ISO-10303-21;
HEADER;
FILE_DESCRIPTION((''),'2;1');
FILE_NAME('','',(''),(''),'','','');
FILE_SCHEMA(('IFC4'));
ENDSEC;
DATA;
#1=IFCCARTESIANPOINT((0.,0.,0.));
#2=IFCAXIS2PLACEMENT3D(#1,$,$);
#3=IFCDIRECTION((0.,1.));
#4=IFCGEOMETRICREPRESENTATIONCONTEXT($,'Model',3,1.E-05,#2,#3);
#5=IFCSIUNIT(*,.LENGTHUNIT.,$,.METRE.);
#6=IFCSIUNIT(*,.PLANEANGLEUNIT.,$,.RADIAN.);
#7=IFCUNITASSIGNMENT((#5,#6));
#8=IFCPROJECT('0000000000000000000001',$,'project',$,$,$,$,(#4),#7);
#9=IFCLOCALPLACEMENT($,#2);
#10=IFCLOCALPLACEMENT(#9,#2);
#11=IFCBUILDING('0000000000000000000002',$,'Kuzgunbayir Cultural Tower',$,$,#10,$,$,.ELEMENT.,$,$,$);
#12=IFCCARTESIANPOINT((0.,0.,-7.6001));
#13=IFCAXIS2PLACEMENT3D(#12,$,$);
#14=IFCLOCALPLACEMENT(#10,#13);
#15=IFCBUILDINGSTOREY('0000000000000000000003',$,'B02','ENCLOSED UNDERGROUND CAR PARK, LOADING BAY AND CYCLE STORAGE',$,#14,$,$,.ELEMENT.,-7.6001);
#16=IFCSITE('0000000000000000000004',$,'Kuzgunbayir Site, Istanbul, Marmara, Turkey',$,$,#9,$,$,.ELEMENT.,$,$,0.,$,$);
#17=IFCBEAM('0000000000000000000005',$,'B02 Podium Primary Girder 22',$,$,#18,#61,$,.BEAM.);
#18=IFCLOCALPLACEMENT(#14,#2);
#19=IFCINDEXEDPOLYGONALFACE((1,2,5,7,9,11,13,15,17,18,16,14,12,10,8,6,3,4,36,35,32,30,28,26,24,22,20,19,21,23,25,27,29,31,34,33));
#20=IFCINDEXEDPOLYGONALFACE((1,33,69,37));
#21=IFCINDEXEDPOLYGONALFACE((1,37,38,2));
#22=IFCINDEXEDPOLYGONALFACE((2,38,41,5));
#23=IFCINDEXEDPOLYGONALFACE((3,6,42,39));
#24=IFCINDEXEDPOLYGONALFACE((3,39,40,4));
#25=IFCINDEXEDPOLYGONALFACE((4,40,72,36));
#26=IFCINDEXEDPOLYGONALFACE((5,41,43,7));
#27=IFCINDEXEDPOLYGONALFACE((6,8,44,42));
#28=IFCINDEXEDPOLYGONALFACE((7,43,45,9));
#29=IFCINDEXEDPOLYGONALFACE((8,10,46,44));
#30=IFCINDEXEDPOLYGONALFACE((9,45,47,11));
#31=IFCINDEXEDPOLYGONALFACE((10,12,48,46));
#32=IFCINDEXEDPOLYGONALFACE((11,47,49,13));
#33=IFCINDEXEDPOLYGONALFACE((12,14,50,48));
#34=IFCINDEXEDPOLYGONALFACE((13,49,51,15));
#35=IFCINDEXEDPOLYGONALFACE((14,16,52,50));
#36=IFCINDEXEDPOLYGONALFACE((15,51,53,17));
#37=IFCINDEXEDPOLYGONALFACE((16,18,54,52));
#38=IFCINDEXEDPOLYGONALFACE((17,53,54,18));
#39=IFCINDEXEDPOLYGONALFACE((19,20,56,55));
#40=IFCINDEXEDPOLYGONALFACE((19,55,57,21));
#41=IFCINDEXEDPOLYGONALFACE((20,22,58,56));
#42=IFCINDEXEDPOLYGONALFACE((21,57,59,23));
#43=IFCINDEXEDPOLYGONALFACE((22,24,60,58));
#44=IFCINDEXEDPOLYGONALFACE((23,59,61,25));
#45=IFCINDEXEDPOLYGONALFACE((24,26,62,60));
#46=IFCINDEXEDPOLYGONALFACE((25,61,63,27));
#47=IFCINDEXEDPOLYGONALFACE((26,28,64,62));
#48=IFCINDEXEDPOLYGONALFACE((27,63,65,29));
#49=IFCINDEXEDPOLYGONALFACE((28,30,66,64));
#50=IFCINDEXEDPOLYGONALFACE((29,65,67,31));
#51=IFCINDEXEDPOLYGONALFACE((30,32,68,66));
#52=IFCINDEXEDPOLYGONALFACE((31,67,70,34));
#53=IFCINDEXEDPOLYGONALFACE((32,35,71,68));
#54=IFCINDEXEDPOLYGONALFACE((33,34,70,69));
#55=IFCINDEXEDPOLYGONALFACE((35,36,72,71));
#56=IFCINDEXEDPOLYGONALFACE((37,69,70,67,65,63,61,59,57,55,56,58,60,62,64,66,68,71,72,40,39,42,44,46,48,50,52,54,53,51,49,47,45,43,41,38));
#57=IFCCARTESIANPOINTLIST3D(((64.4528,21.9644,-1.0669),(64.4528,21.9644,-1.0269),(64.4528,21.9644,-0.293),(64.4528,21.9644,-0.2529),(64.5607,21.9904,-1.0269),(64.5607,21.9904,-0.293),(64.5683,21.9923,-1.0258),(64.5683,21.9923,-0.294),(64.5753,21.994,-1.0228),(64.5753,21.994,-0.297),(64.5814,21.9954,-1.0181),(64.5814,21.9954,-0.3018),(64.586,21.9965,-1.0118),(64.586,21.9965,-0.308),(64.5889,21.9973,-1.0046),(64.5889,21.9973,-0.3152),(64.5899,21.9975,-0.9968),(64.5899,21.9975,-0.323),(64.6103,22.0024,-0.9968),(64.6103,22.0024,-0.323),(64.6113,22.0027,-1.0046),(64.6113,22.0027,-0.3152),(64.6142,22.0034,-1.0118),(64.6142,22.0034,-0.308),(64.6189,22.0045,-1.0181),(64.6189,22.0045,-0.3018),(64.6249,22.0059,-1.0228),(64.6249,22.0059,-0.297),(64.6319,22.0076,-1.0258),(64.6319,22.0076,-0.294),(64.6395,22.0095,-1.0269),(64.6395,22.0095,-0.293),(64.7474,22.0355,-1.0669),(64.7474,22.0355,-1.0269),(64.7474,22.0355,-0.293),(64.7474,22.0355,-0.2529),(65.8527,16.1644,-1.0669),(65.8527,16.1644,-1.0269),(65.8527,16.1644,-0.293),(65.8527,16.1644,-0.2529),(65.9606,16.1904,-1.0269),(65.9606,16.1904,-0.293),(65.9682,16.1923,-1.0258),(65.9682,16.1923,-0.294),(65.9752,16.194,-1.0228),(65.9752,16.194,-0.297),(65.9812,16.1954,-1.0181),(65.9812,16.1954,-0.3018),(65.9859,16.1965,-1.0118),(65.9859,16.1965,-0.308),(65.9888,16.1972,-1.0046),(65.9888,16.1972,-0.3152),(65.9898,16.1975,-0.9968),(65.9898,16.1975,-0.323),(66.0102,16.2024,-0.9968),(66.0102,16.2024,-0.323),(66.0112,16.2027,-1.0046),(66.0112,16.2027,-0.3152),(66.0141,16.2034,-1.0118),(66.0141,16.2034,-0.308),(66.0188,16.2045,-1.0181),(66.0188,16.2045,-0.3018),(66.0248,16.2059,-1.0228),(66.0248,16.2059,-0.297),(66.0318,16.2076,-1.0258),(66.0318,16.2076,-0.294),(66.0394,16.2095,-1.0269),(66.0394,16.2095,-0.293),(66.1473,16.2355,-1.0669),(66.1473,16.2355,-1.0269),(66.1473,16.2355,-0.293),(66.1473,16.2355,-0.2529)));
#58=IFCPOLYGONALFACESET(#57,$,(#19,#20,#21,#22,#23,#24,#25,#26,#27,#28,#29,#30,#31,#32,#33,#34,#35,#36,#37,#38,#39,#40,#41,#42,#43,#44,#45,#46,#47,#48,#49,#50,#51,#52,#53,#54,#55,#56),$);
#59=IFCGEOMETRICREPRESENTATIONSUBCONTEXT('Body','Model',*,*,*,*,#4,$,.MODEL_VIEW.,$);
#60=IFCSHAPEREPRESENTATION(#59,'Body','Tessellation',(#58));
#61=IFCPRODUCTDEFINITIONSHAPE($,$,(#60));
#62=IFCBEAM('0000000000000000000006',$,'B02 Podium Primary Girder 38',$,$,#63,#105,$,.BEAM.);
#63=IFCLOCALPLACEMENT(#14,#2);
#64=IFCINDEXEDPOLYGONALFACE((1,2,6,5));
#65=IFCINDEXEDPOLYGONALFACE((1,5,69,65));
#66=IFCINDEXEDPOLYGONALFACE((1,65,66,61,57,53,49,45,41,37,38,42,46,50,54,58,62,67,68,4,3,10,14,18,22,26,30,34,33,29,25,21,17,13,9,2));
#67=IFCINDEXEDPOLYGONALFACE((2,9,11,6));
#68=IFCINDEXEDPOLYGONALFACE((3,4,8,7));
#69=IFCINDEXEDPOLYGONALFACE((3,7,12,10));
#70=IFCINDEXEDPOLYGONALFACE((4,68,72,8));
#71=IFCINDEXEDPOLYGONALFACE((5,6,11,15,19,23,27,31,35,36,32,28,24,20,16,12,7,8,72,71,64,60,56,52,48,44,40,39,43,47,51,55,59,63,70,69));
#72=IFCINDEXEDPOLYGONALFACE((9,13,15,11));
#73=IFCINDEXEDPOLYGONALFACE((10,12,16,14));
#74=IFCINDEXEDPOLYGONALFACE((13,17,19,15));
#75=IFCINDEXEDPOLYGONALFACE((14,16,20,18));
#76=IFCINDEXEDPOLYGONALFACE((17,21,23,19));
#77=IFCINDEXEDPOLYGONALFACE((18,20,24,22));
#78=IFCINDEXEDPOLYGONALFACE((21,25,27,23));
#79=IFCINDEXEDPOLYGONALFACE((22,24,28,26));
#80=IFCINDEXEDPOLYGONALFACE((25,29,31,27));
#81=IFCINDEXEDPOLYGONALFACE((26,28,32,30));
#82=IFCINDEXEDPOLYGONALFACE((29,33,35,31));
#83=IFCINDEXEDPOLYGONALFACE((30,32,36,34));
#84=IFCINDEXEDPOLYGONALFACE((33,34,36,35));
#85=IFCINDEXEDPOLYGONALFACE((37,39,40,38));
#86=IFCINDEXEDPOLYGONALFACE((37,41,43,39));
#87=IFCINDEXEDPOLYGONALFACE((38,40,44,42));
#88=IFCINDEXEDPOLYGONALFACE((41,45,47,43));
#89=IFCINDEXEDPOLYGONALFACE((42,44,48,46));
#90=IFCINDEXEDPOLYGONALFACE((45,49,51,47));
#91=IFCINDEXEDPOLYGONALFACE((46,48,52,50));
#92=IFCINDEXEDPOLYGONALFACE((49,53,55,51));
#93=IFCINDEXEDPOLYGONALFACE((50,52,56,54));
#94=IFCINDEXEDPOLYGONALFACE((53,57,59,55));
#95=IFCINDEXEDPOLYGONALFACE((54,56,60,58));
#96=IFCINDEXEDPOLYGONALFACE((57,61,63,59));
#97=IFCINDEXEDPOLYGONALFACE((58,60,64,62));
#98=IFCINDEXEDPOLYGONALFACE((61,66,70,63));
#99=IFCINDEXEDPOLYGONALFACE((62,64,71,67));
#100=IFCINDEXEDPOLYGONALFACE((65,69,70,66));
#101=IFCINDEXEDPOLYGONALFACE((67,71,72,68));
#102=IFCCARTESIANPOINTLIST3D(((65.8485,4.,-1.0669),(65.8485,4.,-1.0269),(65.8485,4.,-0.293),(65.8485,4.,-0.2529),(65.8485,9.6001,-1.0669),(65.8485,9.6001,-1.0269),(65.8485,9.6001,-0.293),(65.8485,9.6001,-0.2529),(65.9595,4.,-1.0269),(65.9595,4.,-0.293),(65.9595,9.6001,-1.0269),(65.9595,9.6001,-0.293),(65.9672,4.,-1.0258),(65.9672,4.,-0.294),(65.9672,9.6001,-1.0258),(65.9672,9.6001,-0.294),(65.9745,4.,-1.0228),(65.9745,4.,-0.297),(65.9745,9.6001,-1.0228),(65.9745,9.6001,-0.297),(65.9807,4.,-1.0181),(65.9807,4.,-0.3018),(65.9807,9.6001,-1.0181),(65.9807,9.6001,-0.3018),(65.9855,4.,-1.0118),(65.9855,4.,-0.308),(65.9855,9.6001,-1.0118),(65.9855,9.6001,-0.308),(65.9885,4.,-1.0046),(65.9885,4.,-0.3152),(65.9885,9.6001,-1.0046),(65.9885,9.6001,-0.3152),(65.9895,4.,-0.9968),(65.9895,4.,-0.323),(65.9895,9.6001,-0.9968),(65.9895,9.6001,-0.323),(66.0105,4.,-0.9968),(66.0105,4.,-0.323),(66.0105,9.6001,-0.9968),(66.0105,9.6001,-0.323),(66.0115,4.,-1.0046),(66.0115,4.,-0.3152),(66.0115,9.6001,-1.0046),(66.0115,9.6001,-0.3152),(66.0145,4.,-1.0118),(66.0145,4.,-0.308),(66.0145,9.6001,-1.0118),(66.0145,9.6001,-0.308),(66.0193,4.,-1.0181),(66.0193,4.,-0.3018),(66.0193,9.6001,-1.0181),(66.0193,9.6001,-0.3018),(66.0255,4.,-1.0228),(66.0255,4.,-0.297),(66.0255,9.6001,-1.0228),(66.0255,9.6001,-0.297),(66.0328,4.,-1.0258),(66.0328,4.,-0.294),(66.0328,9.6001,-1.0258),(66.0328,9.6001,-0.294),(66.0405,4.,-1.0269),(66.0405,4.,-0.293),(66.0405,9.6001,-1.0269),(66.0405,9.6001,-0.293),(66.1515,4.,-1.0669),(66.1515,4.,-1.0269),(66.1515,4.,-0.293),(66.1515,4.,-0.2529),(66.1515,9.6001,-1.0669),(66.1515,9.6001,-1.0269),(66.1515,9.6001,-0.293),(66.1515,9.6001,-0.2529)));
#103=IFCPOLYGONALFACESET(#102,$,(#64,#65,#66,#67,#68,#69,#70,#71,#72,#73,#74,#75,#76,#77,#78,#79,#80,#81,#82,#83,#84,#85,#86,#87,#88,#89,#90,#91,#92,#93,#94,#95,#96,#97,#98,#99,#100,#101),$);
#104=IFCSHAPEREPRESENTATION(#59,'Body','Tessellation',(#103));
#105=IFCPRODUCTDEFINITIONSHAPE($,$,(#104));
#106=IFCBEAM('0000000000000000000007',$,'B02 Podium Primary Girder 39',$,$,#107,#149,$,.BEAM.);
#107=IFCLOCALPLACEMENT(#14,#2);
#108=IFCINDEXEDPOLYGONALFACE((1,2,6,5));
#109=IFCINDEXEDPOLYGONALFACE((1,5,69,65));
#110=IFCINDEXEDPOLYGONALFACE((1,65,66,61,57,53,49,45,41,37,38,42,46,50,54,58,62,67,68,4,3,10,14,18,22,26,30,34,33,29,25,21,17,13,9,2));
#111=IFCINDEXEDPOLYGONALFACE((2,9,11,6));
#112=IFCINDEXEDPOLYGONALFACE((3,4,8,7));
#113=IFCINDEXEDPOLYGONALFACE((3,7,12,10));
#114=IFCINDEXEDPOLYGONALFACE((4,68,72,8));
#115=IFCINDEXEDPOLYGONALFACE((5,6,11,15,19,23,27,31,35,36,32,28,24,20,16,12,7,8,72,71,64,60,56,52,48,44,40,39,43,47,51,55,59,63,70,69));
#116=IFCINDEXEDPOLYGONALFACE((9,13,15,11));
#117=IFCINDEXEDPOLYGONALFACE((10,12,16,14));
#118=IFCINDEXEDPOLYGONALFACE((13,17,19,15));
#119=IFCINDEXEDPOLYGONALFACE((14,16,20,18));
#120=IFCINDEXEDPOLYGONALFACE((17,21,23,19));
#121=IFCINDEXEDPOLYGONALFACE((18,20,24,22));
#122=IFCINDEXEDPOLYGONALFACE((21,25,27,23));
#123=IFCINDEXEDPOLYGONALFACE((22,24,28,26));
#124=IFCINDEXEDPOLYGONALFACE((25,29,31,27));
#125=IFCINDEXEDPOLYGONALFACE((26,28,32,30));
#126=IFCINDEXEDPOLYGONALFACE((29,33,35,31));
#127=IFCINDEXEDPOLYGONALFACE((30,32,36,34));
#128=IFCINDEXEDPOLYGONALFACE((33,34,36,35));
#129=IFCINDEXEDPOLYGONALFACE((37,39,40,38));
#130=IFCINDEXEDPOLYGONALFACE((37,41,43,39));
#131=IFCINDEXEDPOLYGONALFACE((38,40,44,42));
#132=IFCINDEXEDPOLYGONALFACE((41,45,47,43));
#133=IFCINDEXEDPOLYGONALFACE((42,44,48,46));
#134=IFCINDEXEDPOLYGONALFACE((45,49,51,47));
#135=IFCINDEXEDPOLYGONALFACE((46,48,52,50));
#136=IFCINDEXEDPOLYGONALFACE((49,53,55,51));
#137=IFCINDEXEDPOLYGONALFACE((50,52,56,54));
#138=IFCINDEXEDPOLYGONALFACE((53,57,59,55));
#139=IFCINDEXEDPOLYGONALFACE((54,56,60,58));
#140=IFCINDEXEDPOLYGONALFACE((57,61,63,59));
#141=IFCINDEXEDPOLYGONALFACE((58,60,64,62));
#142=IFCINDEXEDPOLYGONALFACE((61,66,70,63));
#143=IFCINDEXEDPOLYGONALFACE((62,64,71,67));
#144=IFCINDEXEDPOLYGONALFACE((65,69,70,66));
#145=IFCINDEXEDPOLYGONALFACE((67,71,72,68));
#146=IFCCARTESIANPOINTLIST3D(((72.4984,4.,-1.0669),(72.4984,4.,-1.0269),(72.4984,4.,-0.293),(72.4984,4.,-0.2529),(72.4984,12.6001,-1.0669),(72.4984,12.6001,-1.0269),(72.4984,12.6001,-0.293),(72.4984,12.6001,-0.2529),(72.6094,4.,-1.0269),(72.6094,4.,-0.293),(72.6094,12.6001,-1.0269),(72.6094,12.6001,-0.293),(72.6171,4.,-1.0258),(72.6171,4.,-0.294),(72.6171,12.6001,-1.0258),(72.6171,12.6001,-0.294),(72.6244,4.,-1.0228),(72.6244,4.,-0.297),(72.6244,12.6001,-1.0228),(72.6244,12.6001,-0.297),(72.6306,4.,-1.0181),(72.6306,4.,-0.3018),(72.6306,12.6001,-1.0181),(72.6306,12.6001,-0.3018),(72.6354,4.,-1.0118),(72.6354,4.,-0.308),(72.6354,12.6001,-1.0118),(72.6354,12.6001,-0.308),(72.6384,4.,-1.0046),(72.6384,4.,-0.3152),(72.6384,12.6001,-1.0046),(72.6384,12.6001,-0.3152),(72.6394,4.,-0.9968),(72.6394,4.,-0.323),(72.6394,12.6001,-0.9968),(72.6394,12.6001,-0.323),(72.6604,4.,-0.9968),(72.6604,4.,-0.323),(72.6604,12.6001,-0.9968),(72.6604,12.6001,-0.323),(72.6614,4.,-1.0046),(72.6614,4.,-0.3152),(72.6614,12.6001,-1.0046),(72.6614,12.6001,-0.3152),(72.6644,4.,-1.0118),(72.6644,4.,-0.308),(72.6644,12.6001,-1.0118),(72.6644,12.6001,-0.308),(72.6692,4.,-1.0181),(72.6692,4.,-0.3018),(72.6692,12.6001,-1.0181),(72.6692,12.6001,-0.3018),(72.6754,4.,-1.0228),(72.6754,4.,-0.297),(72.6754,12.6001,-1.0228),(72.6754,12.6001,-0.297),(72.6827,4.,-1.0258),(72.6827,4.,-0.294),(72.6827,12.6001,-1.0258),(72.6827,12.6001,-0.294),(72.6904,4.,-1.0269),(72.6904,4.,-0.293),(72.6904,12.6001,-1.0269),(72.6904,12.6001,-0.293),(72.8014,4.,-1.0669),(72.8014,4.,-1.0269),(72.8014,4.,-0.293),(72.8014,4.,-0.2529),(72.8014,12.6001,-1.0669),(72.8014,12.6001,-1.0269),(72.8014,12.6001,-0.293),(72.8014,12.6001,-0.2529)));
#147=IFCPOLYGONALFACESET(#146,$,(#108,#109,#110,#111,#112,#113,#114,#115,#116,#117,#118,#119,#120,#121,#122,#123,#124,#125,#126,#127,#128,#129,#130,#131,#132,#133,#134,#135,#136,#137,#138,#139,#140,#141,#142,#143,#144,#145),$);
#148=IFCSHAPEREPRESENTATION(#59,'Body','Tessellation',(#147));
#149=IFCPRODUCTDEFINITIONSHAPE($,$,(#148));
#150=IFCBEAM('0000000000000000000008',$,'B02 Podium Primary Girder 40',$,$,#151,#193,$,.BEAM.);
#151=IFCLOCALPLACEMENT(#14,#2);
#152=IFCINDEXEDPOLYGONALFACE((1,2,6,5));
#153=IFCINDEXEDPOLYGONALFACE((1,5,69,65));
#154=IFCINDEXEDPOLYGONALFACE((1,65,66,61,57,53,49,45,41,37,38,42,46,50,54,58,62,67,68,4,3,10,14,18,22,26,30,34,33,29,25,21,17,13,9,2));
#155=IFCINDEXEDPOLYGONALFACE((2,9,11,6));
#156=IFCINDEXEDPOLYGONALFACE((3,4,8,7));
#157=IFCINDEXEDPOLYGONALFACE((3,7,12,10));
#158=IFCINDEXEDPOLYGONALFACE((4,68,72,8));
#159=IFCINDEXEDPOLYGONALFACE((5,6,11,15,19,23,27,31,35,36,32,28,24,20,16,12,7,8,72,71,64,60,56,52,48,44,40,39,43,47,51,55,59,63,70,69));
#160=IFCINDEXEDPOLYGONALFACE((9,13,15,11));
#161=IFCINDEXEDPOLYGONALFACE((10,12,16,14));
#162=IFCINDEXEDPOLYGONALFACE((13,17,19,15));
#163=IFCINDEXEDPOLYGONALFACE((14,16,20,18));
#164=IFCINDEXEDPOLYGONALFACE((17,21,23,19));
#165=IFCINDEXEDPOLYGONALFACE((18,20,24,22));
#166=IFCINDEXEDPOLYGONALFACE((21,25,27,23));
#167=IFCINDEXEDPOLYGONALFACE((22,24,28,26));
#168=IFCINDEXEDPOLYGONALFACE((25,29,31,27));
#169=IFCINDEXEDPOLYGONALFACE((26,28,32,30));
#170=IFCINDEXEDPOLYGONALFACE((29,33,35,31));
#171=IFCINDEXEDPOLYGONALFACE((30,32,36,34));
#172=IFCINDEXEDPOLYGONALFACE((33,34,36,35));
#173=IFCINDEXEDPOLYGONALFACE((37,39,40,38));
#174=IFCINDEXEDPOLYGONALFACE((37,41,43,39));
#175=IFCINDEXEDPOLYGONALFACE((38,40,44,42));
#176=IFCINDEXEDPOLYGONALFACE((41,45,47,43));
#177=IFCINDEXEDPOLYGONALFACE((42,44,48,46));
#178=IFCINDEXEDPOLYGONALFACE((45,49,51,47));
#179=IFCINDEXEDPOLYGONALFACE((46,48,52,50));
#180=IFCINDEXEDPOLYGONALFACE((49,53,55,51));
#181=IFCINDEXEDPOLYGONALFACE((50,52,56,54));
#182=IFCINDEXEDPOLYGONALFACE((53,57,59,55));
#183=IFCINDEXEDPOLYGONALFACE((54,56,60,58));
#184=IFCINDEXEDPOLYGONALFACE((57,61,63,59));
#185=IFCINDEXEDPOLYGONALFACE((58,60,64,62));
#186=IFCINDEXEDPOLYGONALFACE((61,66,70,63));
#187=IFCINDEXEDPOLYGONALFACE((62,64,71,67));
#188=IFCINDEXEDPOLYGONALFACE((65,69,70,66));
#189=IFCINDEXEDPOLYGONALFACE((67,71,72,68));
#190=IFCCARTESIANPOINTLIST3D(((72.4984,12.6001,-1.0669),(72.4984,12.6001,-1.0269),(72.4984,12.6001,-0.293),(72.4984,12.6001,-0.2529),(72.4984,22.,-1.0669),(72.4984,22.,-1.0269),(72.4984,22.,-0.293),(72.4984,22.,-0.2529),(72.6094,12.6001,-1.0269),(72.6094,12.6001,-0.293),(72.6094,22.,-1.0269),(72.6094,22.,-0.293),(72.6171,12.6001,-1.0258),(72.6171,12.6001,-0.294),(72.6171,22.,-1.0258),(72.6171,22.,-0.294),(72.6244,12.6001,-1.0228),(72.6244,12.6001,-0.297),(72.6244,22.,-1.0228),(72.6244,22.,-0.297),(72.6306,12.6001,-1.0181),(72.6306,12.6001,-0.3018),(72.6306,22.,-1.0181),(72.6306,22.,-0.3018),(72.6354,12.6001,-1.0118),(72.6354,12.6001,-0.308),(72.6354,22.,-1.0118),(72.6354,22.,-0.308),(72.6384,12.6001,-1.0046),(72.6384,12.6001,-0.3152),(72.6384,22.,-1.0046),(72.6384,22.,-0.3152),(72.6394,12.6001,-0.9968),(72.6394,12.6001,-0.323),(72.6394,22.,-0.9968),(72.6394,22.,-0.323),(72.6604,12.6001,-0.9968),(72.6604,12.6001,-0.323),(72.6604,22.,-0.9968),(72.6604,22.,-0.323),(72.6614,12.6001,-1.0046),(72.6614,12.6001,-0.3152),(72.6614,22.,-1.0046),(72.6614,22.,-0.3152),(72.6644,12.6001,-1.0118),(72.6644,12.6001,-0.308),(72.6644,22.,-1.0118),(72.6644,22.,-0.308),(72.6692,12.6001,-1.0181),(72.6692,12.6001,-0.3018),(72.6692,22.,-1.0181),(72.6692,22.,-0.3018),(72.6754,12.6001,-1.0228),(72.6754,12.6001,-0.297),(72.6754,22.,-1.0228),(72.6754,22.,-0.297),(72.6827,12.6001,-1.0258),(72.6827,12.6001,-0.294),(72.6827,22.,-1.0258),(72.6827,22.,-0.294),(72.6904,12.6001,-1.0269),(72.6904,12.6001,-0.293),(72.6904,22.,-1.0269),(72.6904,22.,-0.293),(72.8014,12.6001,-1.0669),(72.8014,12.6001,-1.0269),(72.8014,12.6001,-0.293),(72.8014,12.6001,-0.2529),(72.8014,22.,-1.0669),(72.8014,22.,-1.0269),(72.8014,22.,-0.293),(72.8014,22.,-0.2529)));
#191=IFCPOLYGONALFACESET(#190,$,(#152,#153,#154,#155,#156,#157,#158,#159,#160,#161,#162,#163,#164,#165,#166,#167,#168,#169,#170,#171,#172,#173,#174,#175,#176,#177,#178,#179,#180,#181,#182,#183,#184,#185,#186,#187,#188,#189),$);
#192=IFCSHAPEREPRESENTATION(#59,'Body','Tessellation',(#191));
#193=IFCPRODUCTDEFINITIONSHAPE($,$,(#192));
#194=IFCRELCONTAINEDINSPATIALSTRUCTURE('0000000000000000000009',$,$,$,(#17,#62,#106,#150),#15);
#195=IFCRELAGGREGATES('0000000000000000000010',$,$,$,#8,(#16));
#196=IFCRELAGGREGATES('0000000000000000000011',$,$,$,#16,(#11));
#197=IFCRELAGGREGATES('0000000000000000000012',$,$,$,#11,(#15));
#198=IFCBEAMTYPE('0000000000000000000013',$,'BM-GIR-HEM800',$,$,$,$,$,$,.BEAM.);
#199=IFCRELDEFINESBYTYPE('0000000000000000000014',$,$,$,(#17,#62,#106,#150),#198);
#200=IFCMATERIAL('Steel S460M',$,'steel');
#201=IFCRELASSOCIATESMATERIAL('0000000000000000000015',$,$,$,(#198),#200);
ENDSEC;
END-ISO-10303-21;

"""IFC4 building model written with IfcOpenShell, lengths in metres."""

from ifc_helpers import new_model, si_unit, direction, frame, origin, origin_2d, place, context, subcontext, project, spatial, i_section, extrude, material, material_profile, profile_set, type_object, element, save


model = new_model("IFC4")

# Units and contexts
model_context = context("Model", 3, precision=1e-05, world=origin(), true_north=direction((0.0, 1.0)))
body_context = subcontext(model_context, "Body", "Model", "MODEL_VIEW")
ifc_project = project(units=[si_unit("LENGTHUNIT", "METRE"), si_unit("PLANEANGLEUNIT", "RADIAN")], contexts=[model_context])

# Site, building, storey
site_placement = place(None, origin())
site = spatial("IfcSite", under=ifc_project, at=site_placement, Name="Kuzgunbayir Site, Istanbul, Marmara, Turkey", CompositionType="ELEMENT", RefElevation=0.0)
building_placement = place(site_placement, origin())
building = spatial("IfcBuilding", under=site, at=building_placement, Name="Kuzgunbayir Cultural Tower", CompositionType="ELEMENT")
storey_placement = place(building_placement, frame((0.0, 0.0, -7.6001)))
storey = spatial("IfcBuildingStorey", under=building, at=storey_placement, Name="B02", Description="ENCLOSED UNDERGROUND CAR PARK, LOADING BAY AND CYCLE STORAGE", CompositionType="ELEMENT", Elevation=-7.6001)

# Beams
ifc_material_1 = material(Name="Steel S460M", Category="steel")
ifc_material_profile_1 = material_profile(ifc_material_1, i_section(OverallWidth=0.303, OverallDepth=0.814, WebThickness=0.021, FlangeThickness=0.04, FilletRadius=0.03, at=origin_2d()), Name="HEM 800")
ifc_profile_set_1 = profile_set([ifc_material_profile_1], Name="Steel S460M")
beam_type_1 = type_object("IfcBeamType", Name="BM-GIR-HEM800", PredefinedType="BEAM", material=ifc_profile_set_1)
beam_1_placement = place(storey_placement, frame((66.0, 16.2, -0.6599), z_axis=(-0.234623, 0.972086, 0.0), x_axis=(-0.972086, -0.234623, 0.0)))
element("IfcBeam", 1, at=beam_1_placement, inside=storey, type_object=beam_type_1, Name="B02 Podium Primary Girder 22", PredefinedType="BEAM", context=body_context, shape_type="SweptSolid", body=[
    extrude(i_section(OverallWidth=0.303, OverallDepth=0.814, WebThickness=0.021, FlangeThickness=0.04, FilletRadius=0.03, at=origin_2d()), origin(), (0.0, 0.0, 1.0), 5.9666),
])
beam_2_placement = place(storey_placement, frame((66.0, 4.0, -0.6599), z_axis=(0.0, 1.0, 0.0), x_axis=(-1.0, 0.0, 0.0)))
element("IfcBeam", 2, at=beam_2_placement, inside=storey, type_object=beam_type_1, Name="B02 Podium Primary Girder 38", PredefinedType="BEAM", context=body_context, shape_type="SweptSolid", body=[
    extrude(i_section(OverallWidth=0.303, OverallDepth=0.814, WebThickness=0.021, FlangeThickness=0.04, FilletRadius=0.03, at=origin_2d()), origin(), (0.0, 0.0, 1.0), 5.6001),
])
beam_3_placement = place(storey_placement, frame((72.6499, 4.0, -0.6599), z_axis=(0.0, 1.0, 0.0), x_axis=(-1.0, 0.0, 0.0)))
element("IfcBeam", 3, at=beam_3_placement, inside=storey, type_object=beam_type_1, Name="B02 Podium Primary Girder 39", PredefinedType="BEAM", context=body_context, shape_type="SweptSolid", body=[
    extrude(i_section(OverallWidth=0.303, OverallDepth=0.814, WebThickness=0.021, FlangeThickness=0.04, FilletRadius=0.03, at=origin_2d()), origin(), (0.0, 0.0, 1.0), 8.6001),
])
beam_4_placement = place(storey_placement, frame((72.6499, 12.6001, -0.6599), z_axis=(0.0, 1.0, 0.0), x_axis=(-1.0, 0.0, 0.0)))
element("IfcBeam", 4, at=beam_4_placement, inside=storey, type_object=beam_type_1, Name="B02 Podium Primary Girder 40", PredefinedType="BEAM", context=body_context, shape_type="SweptSolid", body=[
    extrude(i_section(OverallWidth=0.303, OverallDepth=0.814, WebThickness=0.021, FlangeThickness=0.04, FilletRadius=0.03, at=origin_2d()), origin(), (0.0, 0.0, 1.0), 9.3999),
])

save(model, "model.ifc")
